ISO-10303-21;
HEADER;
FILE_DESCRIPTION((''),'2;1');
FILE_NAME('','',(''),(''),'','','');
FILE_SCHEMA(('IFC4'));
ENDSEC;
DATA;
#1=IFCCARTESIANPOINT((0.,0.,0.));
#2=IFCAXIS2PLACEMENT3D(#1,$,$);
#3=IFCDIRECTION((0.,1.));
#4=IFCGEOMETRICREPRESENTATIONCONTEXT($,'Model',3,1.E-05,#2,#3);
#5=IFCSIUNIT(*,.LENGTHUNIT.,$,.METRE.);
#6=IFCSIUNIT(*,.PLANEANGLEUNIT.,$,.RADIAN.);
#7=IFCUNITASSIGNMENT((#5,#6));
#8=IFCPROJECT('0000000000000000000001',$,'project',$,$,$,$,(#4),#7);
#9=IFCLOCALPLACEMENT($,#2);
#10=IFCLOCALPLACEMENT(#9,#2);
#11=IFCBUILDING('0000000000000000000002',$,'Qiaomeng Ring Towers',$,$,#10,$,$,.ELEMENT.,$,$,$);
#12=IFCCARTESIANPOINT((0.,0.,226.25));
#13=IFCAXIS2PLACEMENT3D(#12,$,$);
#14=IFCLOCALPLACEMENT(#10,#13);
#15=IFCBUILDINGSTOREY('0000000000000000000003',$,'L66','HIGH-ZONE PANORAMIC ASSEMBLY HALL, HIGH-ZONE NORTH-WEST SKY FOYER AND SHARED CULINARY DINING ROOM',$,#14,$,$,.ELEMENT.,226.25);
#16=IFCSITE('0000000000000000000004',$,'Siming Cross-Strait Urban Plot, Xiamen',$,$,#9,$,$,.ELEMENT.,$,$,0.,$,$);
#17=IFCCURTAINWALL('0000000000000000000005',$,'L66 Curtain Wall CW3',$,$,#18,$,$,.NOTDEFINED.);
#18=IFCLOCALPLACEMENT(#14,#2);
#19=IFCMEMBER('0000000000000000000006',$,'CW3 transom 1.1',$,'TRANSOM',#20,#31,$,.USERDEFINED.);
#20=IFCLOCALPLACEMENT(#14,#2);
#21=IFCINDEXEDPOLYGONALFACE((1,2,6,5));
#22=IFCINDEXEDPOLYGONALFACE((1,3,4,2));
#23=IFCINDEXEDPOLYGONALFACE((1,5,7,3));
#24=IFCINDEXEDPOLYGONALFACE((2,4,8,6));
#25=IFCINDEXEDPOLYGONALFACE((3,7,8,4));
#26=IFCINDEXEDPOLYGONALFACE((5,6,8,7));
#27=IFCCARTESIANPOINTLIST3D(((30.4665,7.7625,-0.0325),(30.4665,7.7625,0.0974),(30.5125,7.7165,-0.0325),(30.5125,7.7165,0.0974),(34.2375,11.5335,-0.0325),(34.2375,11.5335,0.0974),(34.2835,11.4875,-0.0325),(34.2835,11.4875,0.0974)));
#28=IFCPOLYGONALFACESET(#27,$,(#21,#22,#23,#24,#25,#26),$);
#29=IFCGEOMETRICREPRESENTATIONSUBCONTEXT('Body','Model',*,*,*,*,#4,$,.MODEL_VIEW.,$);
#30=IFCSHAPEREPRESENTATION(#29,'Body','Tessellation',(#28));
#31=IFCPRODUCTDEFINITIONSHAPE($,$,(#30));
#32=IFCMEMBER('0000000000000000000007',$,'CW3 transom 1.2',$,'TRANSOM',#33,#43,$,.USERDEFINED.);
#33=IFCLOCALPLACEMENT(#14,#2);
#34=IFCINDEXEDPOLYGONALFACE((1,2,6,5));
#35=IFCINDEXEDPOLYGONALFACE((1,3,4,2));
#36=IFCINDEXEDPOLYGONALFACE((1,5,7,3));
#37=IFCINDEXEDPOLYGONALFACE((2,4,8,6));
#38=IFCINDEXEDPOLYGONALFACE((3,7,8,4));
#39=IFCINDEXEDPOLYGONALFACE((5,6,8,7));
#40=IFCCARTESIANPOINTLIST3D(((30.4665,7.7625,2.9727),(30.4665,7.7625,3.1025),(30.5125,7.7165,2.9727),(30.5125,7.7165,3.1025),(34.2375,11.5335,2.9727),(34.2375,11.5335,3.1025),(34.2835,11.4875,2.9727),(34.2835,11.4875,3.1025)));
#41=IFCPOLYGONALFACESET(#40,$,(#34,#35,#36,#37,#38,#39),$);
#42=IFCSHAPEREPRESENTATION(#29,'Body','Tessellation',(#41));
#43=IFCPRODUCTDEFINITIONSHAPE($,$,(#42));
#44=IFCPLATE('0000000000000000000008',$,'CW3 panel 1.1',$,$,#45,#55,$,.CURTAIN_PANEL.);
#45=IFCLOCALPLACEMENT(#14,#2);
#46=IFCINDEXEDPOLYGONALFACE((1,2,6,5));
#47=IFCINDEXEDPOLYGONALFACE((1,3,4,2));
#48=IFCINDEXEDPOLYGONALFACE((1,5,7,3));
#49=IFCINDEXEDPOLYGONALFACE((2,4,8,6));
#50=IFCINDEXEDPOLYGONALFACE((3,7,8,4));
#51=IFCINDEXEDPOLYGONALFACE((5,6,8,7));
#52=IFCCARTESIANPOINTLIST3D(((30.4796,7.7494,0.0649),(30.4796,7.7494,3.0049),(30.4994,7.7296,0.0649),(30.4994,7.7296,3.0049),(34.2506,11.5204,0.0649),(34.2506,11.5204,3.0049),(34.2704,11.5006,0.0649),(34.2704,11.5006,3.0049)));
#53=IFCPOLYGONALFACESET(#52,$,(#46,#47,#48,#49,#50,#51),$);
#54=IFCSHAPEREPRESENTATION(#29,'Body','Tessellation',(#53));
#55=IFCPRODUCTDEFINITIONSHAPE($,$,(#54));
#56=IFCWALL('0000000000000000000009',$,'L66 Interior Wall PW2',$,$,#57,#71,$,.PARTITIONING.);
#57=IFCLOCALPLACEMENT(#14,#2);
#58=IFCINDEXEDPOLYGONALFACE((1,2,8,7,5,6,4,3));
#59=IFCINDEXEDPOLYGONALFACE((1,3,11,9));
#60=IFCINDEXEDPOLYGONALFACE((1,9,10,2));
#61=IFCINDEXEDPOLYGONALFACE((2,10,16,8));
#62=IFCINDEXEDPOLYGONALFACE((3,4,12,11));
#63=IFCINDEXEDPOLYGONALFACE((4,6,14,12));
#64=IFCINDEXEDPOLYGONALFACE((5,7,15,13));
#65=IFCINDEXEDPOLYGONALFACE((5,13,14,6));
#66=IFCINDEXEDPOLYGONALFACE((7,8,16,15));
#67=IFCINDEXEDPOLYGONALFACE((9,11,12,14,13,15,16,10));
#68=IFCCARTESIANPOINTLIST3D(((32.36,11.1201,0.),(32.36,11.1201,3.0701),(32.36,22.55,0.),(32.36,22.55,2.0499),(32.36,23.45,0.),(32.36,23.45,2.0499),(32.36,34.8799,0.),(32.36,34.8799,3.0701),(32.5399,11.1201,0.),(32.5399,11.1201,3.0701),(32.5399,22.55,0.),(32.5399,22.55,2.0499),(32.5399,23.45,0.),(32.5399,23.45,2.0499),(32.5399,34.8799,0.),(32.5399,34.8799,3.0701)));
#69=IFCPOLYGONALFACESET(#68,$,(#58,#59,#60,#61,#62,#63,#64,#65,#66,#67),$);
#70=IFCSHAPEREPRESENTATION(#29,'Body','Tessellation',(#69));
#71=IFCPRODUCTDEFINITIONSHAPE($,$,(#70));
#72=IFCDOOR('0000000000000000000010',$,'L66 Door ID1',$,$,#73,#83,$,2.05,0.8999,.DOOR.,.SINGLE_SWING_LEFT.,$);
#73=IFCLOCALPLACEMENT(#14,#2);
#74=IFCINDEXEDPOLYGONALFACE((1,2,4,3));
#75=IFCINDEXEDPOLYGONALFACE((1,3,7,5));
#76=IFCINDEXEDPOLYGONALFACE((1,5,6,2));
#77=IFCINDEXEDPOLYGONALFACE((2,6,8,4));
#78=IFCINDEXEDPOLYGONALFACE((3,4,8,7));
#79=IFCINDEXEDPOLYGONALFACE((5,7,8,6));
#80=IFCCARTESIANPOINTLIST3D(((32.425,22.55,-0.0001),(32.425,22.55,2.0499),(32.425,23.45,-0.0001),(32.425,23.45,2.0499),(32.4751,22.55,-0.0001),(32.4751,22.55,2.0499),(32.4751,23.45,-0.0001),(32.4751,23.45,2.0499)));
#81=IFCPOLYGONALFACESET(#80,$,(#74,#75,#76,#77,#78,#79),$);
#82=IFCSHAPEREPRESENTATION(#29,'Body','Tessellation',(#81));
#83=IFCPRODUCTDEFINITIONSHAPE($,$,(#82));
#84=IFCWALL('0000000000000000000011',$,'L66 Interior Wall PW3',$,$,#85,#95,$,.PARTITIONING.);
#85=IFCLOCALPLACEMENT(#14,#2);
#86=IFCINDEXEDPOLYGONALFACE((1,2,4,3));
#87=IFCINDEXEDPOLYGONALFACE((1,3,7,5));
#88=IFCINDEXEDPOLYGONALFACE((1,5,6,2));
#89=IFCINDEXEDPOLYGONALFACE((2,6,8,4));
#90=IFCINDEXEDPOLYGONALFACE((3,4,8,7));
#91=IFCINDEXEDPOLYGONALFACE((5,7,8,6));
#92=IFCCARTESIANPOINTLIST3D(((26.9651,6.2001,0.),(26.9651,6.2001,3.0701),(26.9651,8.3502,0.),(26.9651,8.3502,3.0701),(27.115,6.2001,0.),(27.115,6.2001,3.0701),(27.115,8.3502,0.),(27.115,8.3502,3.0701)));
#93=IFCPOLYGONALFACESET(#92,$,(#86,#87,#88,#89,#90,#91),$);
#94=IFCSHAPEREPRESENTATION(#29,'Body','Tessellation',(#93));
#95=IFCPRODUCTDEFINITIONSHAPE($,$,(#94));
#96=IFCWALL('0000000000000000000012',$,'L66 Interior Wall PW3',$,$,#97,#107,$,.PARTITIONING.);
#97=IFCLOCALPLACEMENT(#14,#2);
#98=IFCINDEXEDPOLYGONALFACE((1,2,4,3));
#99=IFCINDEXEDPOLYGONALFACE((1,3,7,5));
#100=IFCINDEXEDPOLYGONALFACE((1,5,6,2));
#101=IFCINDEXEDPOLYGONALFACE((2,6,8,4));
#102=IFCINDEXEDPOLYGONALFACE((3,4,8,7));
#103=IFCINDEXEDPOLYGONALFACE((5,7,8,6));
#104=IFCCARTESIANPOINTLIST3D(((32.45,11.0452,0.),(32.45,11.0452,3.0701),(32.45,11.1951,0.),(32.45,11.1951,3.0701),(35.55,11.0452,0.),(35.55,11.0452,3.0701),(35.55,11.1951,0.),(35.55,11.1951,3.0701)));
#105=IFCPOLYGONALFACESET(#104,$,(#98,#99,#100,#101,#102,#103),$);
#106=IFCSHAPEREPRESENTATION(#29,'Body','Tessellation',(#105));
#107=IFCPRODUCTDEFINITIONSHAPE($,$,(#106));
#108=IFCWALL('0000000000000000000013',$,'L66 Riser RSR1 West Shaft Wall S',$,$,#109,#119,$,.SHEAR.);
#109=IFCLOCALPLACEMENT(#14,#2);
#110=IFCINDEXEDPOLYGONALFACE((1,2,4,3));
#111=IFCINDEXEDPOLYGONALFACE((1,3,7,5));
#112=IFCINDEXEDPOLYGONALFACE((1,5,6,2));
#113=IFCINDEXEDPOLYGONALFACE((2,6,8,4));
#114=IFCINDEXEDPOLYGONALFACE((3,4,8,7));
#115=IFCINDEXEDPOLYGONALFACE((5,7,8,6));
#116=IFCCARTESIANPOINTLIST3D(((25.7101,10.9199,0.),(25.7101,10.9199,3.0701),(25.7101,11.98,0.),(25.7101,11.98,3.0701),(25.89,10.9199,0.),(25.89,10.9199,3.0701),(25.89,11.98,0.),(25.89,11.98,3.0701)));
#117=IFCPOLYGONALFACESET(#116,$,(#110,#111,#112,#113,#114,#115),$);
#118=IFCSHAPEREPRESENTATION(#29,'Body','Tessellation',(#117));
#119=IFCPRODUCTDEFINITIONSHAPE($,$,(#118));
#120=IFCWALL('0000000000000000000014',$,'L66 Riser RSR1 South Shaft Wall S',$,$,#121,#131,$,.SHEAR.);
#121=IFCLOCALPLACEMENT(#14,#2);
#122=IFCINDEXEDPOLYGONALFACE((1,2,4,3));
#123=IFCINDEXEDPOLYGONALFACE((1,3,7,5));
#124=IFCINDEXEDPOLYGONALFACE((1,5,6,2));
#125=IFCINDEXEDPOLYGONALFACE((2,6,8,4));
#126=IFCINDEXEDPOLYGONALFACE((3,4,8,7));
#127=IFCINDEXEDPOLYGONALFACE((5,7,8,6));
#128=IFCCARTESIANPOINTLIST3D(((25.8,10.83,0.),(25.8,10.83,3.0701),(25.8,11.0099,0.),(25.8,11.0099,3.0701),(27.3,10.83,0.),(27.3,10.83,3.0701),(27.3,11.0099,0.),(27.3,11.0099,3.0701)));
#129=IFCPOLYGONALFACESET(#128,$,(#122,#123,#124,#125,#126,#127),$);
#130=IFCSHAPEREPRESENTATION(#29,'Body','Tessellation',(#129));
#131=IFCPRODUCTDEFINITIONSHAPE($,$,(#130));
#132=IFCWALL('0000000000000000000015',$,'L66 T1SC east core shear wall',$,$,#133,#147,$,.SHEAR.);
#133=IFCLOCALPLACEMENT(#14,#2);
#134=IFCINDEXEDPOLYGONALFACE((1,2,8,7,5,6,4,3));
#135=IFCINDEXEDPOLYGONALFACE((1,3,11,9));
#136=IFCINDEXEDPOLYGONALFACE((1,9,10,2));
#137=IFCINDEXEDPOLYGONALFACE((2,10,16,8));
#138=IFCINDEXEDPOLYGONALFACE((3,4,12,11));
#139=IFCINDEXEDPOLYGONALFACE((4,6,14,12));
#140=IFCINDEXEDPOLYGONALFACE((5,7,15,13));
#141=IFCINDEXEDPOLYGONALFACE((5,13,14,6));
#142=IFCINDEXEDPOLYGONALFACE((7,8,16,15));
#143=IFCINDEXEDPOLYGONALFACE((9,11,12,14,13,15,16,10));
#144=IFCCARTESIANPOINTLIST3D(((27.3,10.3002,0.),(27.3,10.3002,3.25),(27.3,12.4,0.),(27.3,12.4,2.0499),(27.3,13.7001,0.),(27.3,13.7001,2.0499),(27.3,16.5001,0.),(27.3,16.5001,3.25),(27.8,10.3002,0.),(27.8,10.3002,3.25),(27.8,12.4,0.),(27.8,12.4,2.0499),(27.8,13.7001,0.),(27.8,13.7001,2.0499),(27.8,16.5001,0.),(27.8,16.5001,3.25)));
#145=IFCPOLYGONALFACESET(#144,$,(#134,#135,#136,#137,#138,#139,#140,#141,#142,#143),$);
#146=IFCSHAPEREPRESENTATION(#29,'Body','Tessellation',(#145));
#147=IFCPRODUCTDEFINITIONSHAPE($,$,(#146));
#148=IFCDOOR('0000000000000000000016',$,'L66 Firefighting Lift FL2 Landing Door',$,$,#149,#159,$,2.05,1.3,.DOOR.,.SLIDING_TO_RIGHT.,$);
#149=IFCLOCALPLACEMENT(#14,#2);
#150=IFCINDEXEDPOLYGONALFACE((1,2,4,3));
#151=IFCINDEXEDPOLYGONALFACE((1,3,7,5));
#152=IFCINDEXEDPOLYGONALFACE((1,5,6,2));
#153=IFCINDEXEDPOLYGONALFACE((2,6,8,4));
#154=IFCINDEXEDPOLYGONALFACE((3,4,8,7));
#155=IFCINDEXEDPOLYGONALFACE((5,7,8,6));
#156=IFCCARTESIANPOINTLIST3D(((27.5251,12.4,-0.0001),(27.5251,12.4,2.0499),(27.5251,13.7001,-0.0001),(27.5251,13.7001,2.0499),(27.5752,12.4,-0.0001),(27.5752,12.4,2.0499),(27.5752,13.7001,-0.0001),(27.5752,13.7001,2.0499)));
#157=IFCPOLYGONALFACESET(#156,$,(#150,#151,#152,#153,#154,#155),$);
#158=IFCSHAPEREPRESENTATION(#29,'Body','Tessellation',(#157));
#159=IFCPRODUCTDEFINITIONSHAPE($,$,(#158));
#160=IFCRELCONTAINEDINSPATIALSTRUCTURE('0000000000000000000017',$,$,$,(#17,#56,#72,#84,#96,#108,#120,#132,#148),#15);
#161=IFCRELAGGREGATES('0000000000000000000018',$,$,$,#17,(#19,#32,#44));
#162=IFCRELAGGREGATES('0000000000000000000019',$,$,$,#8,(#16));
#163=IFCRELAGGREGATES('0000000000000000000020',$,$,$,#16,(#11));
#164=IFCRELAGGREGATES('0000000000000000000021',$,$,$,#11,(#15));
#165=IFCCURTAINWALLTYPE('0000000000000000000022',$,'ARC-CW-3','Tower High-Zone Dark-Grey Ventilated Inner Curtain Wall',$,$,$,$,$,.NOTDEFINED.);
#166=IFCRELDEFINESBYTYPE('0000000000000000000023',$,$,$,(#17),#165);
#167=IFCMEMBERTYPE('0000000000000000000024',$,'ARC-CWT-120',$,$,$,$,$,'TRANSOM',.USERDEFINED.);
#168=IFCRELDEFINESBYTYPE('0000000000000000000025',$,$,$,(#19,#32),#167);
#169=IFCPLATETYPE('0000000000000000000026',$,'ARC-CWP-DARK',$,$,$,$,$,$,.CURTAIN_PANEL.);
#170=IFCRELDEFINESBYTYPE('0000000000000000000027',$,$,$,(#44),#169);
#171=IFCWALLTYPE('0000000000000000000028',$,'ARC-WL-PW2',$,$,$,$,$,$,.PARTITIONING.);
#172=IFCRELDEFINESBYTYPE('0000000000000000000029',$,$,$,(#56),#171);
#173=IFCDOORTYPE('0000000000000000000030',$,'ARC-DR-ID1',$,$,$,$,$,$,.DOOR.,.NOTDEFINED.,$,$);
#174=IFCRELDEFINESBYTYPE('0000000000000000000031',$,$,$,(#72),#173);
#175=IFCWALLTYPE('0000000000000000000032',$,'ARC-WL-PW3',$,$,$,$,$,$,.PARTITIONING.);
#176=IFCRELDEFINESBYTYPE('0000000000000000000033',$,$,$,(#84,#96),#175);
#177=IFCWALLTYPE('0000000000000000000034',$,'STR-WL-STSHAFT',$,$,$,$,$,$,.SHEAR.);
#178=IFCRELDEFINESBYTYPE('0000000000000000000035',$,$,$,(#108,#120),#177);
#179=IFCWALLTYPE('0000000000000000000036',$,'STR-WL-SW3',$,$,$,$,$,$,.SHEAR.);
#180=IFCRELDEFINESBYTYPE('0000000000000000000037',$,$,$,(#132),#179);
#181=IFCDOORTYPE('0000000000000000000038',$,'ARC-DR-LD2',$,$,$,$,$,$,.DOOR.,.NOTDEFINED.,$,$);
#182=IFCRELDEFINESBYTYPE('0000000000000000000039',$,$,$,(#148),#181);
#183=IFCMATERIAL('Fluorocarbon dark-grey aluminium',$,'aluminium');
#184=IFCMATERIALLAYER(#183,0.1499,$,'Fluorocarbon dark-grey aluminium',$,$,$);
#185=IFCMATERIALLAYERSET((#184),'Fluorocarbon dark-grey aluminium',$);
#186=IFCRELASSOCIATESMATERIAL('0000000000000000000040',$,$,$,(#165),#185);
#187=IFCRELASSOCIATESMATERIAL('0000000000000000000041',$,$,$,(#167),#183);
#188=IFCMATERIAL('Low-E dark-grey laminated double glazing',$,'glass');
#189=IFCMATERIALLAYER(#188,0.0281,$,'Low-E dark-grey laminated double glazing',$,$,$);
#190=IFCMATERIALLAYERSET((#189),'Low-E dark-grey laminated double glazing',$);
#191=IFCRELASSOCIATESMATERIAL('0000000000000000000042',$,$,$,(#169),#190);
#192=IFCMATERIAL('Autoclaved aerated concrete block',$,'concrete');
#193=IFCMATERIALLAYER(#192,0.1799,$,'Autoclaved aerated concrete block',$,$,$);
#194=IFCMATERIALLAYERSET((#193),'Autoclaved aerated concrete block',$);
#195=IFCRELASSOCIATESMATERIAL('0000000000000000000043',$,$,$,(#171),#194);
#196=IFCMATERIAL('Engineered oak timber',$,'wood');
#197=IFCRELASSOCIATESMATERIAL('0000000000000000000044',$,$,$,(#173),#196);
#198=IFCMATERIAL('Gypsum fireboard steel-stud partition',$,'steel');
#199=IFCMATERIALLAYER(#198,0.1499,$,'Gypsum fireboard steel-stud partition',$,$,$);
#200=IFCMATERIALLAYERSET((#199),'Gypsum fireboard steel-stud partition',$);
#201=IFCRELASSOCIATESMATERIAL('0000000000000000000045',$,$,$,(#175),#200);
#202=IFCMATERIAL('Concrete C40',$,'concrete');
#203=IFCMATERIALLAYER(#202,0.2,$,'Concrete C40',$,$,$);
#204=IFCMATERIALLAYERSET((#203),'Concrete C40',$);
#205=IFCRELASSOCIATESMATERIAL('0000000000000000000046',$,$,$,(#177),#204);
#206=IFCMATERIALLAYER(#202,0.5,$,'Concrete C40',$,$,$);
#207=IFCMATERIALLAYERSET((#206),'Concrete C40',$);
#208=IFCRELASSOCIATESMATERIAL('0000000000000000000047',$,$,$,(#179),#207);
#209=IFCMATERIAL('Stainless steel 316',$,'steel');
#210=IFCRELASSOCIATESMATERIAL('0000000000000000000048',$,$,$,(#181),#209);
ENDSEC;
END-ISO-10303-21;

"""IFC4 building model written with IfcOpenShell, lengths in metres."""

from ifc_helpers import new_model, si_unit, direction, frame, frame_2d, origin, origin_2d, place, context, subcontext, project, spatial, rectangle, extrude, source, transform, mapped, material, layer, layer_set, material_profile, profile_set, type_object, element, fill, aggregate, save


model = new_model("IFC4")

# Units and contexts
model_context = context("Model", 3, precision=1e-05, world=origin(), true_north=direction((0.0, 1.0)))
body_context = subcontext(model_context, "Body", "Model", "MODEL_VIEW")
ifc_project = project(units=[si_unit("LENGTHUNIT", "METRE"), si_unit("PLANEANGLEUNIT", "RADIAN")], contexts=[model_context])

# Site, building, storey
site_placement = place(None, origin())
site = spatial("IfcSite", under=ifc_project, at=site_placement, Name="Siming Cross-Strait Urban Plot, Xiamen", CompositionType="ELEMENT", RefElevation=0.0)
building_placement = place(site_placement, origin())
building = spatial("IfcBuilding", under=site, at=building_placement, Name="Qiaomeng Ring Towers", CompositionType="ELEMENT")
storey_placement = place(building_placement, frame((0.0, 0.0, 226.25)))
storey = spatial("IfcBuildingStorey", under=building, at=storey_placement, Name="L66", Description="HIGH-ZONE PANORAMIC ASSEMBLY HALL, HIGH-ZONE NORTH-WEST SKY FOYER AND SHARED CULINARY DINING ROOM", CompositionType="ELEMENT", Elevation=226.25)

# Shared definitions
ifc_material_1 = material(Name="Concrete C40", Category="concrete")

# Curtain wall, members, plate
ifc_material_2 = material(Name="Fluorocarbon dark-grey aluminium", Category="aluminium")
ifc_layer_1 = layer(ifc_material_2, 0.1499, Name="Fluorocarbon dark-grey aluminium")
ifc_layer_set_1 = layer_set([ifc_layer_1], Name="Fluorocarbon dark-grey aluminium")
curtain_wall_type = type_object("IfcCurtainWallType", Name="ARC-CW-3", Description="Tower High-Zone Dark-Grey Ventilated Inner Curtain Wall", PredefinedType="NOTDEFINED", material=ifc_layer_set_1)
curtain_wall_placement = place(storey_placement, origin())
curtain_wall = element("IfcCurtainWall", 1, at=curtain_wall_placement, inside=storey, type_object=curtain_wall_type, Name="L66 Curtain Wall CW3", PredefinedType="NOTDEFINED")
ifc_material_profile_1 = material_profile(ifc_material_2, rectangle(XDim=0.0649, YDim=0.1299, at=origin_2d()), Name="ALU TRAN 65x130")
ifc_profile_set_1 = profile_set([ifc_material_profile_1], Name="Fluorocarbon dark-grey aluminium")
member_type_1 = type_object("IfcMemberType", Name="ARC-CWT-120", ElementType="TRANSOM", PredefinedType="USERDEFINED", material=ifc_profile_set_1)
shared_shape_1 = source(origin(), body_context, "Body", "SweptSolid", [
    extrude(rectangle(XDim=0.0649, YDim=0.1299, at=origin_2d()), origin(), (0.0, 0.0, 1.0), 5.333),
])
member_1_placement = place(storey_placement, frame((30.4895, 7.7395, 0.0325), z_axis=(0.707107, 0.707107, 0.0), x_axis=(-0.707107, 0.707107, 0.0)))
member_1 = element("IfcMember", 2, at=member_1_placement, type_object=member_type_1, Name="CW3 transom 1.1", ObjectType="TRANSOM", PredefinedType="USERDEFINED", context=body_context, shape_type="MappedRepresentation", body=[
    mapped(shared_shape_1, transform((0.0, 0.0, 0.0), x_axis=(1.0, 0.0, 0.0), y_axis=(0.0, 1.0, 0.0), z_axis=(0.0, 0.0, 1.0), scale=1.0)),
])
member_2_placement = place(storey_placement, frame((30.4895, 7.7395, 3.0376), z_axis=(0.707107, 0.707107, 0.0), x_axis=(-0.707107, 0.707107, 0.0)))
member_2 = element("IfcMember", 3, at=member_2_placement, type_object=member_type_1, Name="CW3 transom 1.2", ObjectType="TRANSOM", PredefinedType="USERDEFINED", context=body_context, shape_type="MappedRepresentation", body=[
    mapped(shared_shape_1, transform((0.0, 0.0, 0.0), x_axis=(1.0, 0.0, 0.0), y_axis=(0.0, 1.0, 0.0), z_axis=(0.0, 0.0, 1.0), scale=1.0)),
])
ifc_material_3 = material(Name="Low-E dark-grey laminated double glazing", Category="glass")
ifc_layer_2 = layer(ifc_material_3, 0.0281, Name="Low-E dark-grey laminated double glazing")
ifc_layer_set_2 = layer_set([ifc_layer_2], Name="Low-E dark-grey laminated double glazing")
plate_type = type_object("IfcPlateType", Name="ARC-CWP-DARK", PredefinedType="CURTAIN_PANEL", material=ifc_layer_set_2)
shared_shape_2 = source(origin(), body_context, "Body", "SweptSolid", [
    extrude(rectangle(XDim=5.333, YDim=0.0281, at=origin_2d()), origin(), (0.0, 0.0, 1.0), 2.9399),
])
plate_placement = place(storey_placement, frame((32.375, 9.625, 0.0649), z_axis=(0.0, 0.0, 1.0), x_axis=(0.707107, 0.707107, 0.0)))
plate = element("IfcPlate", 4, at=plate_placement, type_object=plate_type, Name="CW3 panel 1.1", PredefinedType="CURTAIN_PANEL", context=body_context, shape_type="MappedRepresentation", body=[
    mapped(shared_shape_2, transform((0.0, 0.0, 0.0), x_axis=(1.0, 0.0, 0.0), y_axis=(0.0, 1.0, 0.0), z_axis=(0.0, 0.0, 1.0), scale=1.0)),
])
aggregate(curtain_wall, [member_1, member_2, plate])

# Wall, opening, door
ifc_material_4 = material(Name="Autoclaved aerated concrete block", Category="concrete")
ifc_layer_3 = layer(ifc_material_4, 0.1799, Name="Autoclaved aerated concrete block")
ifc_layer_set_3 = layer_set([ifc_layer_3], Name="Autoclaved aerated concrete block")
wall_type_1 = type_object("IfcWallType", Name="ARC-WL-PW2", PredefinedType="PARTITIONING", material=ifc_layer_set_3)
wall_1_placement = place(storey_placement, frame((32.45, 11.1201, 0.0), z_axis=(0.0, 0.0, 1.0), x_axis=(0.0, 1.0, 0.0)))
wall_1 = element("IfcWall", 5, at=wall_1_placement, inside=storey, type_object=wall_type_1, Name="L66 Interior Wall PW2", PredefinedType="PARTITIONING", context=body_context, shape_type="SweptSolid", body=[
    extrude(rectangle(XDim=23.7598, YDim=0.1799, at=frame_2d((11.8799, 0.0))), origin(), (0.0, 0.0, 1.0), 3.0701),
])
opening_1_placement = place(wall_1_placement, frame((11.4299, 0.0, 0.0)))
opening_1 = element("IfcOpeningElement", 6, at=opening_1_placement, cuts=wall_1, PredefinedType="OPENING", context=body_context, shape_type="SweptSolid", body=[
    extrude(rectangle(XDim=0.8999, YDim=2.05, at=frame_2d((0.45, 1.0249))), frame((0.0, 0.0999, 0.0), z_axis=(0.0, -1.0, 0.0), x_axis=(1.0, 0.0, 0.0)), (0.0, 0.0, 1.0), 0.2),
])
ifc_material_5 = material(Name="Engineered oak timber", Category="wood")
door_type_1 = type_object("IfcDoorType", Name="ARC-DR-ID1", OperationType="NOTDEFINED", PredefinedType="DOOR", material=ifc_material_5)
shared_shape_3 = source(origin(), body_context, "Body", "SweptSolid", [
    extrude(rectangle(XDim=0.8999, YDim=2.05, at=frame_2d((0.45, 1.0249))), frame((0.0, 0.0249, 0.0), z_axis=(0.0, -1.0, 0.0), x_axis=(1.0, 0.0, 0.0)), (0.0, 0.0, 1.0), 0.05),
])
door_1_placement = place(opening_1_placement, origin())
door_1 = element("IfcDoor", 7, at=door_1_placement, inside=storey, type_object=door_type_1, Name="L66 Door ID1", OperationType="SINGLE_SWING_LEFT", OverallHeight=2.05, OverallWidth=0.8999, PredefinedType="DOOR", context=body_context, shape_type="MappedRepresentation", body=[
    mapped(shared_shape_3, transform((0.0, 0.0, 0.0), x_axis=(1.0, 0.0, 0.0), y_axis=(0.0, 1.0, 0.0), z_axis=(0.0, 0.0, 1.0), scale=1.0)),
])
fill(opening_1, door_1)

# Walls
ifc_material_6 = material(Name="Gypsum fireboard steel-stud partition", Category="steel")
ifc_layer_4 = layer(ifc_material_6, 0.1499, Name="Gypsum fireboard steel-stud partition")
ifc_layer_set_4 = layer_set([ifc_layer_4], Name="Gypsum fireboard steel-stud partition")
wall_type_2 = type_object("IfcWallType", Name="ARC-WL-PW3", PredefinedType="PARTITIONING", material=ifc_layer_set_4)
wall_2_placement = place(storey_placement, frame((27.04, 6.2, 0.0), z_axis=(0.0, 0.0, 1.0), x_axis=(0.0, 1.0, 0.0)))
element("IfcWall", 8, at=wall_2_placement, inside=storey, type_object=wall_type_2, Name="L66 Interior Wall PW3", PredefinedType="PARTITIONING", context=body_context, shape_type="SweptSolid", body=[
    extrude(rectangle(XDim=2.1501, YDim=0.1499, at=frame_2d((1.0752, 0.0))), origin(), (0.0, 0.0, 1.0), 3.0701),
])
wall_3_placement = place(storey_placement, frame((32.45, 11.1201, 0.0), z_axis=(0.0, 0.0, 1.0), x_axis=(1.0, 0.0, 0.0)))
element("IfcWall", 9, at=wall_3_placement, inside=storey, type_object=wall_type_2, Name="L66 Interior Wall PW3", PredefinedType="PARTITIONING", context=body_context, shape_type="SweptSolid", body=[
    extrude(rectangle(XDim=3.1001, YDim=0.1499, at=frame_2d((1.55, 0.0))), origin(), (0.0, 0.0, 1.0), 3.0701),
])
ifc_layer_5 = layer(ifc_material_1, 0.2, Name="Concrete C40")
ifc_layer_set_5 = layer_set([ifc_layer_5], Name="Concrete C40")
wall_type_3 = type_object("IfcWallType", Name="STR-WL-STSHAFT", PredefinedType="SHEAR", material=ifc_layer_set_5)
wall_4_placement = place(storey_placement, frame((25.8, 10.9199, 0.0), z_axis=(0.0, 0.0, 1.0), x_axis=(0.0, 1.0, 0.0)))
element("IfcWall", 10, at=wall_4_placement, inside=storey, type_object=wall_type_3, Name="L66 Riser RSR1 West Shaft Wall S", PredefinedType="SHEAR", context=body_context, shape_type="SweptSolid", body=[
    extrude(rectangle(XDim=1.0601, YDim=0.1799, at=frame_2d((0.53, 0.0))), origin(), (0.0, 0.0, 1.0), 3.0701),
])
wall_5_placement = place(storey_placement, frame((25.8, 10.9199, 0.0), z_axis=(0.0, 0.0, 1.0), x_axis=(1.0, 0.0, 0.0)))
element("IfcWall", 11, at=wall_5_placement, inside=storey, type_object=wall_type_3, Name="L66 Riser RSR1 South Shaft Wall S", PredefinedType="SHEAR", context=body_context, shape_type="SweptSolid", body=[
    extrude(rectangle(XDim=1.5, YDim=0.1799, at=frame_2d((0.75, 0.0))), origin(), (0.0, 0.0, 1.0), 3.0701),
])

# Wall, opening, door
ifc_layer_6 = layer(ifc_material_1, 0.5, Name="Concrete C40")
ifc_layer_set_6 = layer_set([ifc_layer_6], Name="Concrete C40")
wall_type_4 = type_object("IfcWallType", Name="STR-WL-SW3", PredefinedType="SHEAR", material=ifc_layer_set_6)
wall_6_placement = place(storey_placement, frame((27.55, 10.3, 0.0), z_axis=(0.0, 0.0, 1.0), x_axis=(0.0, 1.0, 0.0)))
wall_6 = element("IfcWall", 12, at=wall_6_placement, inside=storey, type_object=wall_type_4, Name="L66 T1SC east core shear wall", PredefinedType="SHEAR", context=body_context, shape_type="SweptSolid", body=[
    extrude(rectangle(XDim=6.2, YDim=0.5, at=frame_2d((3.1001, 0.0))), origin(), (0.0, 0.0, 1.0), 3.25),
])
opening_2_placement = place(wall_6_placement, frame((2.1001, 0.0, 0.0)))
opening_2 = element("IfcOpeningElement", 13, at=opening_2_placement, cuts=wall_6, PredefinedType="OPENING", context=body_context, shape_type="SweptSolid", body=[
    extrude(rectangle(XDim=1.3, YDim=2.05, at=frame_2d((0.6499, 1.0249))), frame((0.0, 0.26, 0.0), z_axis=(0.0, -1.0, 0.0), x_axis=(1.0, 0.0, 0.0)), (0.0, 0.0, 1.0), 0.52),
])
ifc_material_7 = material(Name="Stainless steel 316", Category="steel")
door_type_2 = type_object("IfcDoorType", Name="ARC-DR-LD2", OperationType="NOTDEFINED", PredefinedType="DOOR", material=ifc_material_7)
shared_shape_4 = source(origin(), body_context, "Body", "SweptSolid", [
    extrude(rectangle(XDim=1.3, YDim=2.05, at=frame_2d((0.6499, 1.0249))), frame((0.0, 0.0249, 0.0), z_axis=(0.0, -1.0, 0.0), x_axis=(1.0, 0.0, 0.0)), (0.0, 0.0, 1.0), 0.05),
])
door_2_placement = place(opening_2_placement, origin())
door_2 = element("IfcDoor", 14, at=door_2_placement, inside=storey, type_object=door_type_2, Name="L66 Firefighting Lift FL2 Landing Door", OperationType="SLIDING_TO_RIGHT", OverallHeight=2.05, OverallWidth=1.3, PredefinedType="DOOR", context=body_context, shape_type="MappedRepresentation", body=[
    mapped(shared_shape_4, transform((0.0, 0.0, 0.0), x_axis=(1.0, 0.0, 0.0), y_axis=(0.0, 1.0, 0.0), z_axis=(0.0, 0.0, 1.0), scale=1.0)),
])
fill(opening_2, door_2)

save(model, "model.ifc")
